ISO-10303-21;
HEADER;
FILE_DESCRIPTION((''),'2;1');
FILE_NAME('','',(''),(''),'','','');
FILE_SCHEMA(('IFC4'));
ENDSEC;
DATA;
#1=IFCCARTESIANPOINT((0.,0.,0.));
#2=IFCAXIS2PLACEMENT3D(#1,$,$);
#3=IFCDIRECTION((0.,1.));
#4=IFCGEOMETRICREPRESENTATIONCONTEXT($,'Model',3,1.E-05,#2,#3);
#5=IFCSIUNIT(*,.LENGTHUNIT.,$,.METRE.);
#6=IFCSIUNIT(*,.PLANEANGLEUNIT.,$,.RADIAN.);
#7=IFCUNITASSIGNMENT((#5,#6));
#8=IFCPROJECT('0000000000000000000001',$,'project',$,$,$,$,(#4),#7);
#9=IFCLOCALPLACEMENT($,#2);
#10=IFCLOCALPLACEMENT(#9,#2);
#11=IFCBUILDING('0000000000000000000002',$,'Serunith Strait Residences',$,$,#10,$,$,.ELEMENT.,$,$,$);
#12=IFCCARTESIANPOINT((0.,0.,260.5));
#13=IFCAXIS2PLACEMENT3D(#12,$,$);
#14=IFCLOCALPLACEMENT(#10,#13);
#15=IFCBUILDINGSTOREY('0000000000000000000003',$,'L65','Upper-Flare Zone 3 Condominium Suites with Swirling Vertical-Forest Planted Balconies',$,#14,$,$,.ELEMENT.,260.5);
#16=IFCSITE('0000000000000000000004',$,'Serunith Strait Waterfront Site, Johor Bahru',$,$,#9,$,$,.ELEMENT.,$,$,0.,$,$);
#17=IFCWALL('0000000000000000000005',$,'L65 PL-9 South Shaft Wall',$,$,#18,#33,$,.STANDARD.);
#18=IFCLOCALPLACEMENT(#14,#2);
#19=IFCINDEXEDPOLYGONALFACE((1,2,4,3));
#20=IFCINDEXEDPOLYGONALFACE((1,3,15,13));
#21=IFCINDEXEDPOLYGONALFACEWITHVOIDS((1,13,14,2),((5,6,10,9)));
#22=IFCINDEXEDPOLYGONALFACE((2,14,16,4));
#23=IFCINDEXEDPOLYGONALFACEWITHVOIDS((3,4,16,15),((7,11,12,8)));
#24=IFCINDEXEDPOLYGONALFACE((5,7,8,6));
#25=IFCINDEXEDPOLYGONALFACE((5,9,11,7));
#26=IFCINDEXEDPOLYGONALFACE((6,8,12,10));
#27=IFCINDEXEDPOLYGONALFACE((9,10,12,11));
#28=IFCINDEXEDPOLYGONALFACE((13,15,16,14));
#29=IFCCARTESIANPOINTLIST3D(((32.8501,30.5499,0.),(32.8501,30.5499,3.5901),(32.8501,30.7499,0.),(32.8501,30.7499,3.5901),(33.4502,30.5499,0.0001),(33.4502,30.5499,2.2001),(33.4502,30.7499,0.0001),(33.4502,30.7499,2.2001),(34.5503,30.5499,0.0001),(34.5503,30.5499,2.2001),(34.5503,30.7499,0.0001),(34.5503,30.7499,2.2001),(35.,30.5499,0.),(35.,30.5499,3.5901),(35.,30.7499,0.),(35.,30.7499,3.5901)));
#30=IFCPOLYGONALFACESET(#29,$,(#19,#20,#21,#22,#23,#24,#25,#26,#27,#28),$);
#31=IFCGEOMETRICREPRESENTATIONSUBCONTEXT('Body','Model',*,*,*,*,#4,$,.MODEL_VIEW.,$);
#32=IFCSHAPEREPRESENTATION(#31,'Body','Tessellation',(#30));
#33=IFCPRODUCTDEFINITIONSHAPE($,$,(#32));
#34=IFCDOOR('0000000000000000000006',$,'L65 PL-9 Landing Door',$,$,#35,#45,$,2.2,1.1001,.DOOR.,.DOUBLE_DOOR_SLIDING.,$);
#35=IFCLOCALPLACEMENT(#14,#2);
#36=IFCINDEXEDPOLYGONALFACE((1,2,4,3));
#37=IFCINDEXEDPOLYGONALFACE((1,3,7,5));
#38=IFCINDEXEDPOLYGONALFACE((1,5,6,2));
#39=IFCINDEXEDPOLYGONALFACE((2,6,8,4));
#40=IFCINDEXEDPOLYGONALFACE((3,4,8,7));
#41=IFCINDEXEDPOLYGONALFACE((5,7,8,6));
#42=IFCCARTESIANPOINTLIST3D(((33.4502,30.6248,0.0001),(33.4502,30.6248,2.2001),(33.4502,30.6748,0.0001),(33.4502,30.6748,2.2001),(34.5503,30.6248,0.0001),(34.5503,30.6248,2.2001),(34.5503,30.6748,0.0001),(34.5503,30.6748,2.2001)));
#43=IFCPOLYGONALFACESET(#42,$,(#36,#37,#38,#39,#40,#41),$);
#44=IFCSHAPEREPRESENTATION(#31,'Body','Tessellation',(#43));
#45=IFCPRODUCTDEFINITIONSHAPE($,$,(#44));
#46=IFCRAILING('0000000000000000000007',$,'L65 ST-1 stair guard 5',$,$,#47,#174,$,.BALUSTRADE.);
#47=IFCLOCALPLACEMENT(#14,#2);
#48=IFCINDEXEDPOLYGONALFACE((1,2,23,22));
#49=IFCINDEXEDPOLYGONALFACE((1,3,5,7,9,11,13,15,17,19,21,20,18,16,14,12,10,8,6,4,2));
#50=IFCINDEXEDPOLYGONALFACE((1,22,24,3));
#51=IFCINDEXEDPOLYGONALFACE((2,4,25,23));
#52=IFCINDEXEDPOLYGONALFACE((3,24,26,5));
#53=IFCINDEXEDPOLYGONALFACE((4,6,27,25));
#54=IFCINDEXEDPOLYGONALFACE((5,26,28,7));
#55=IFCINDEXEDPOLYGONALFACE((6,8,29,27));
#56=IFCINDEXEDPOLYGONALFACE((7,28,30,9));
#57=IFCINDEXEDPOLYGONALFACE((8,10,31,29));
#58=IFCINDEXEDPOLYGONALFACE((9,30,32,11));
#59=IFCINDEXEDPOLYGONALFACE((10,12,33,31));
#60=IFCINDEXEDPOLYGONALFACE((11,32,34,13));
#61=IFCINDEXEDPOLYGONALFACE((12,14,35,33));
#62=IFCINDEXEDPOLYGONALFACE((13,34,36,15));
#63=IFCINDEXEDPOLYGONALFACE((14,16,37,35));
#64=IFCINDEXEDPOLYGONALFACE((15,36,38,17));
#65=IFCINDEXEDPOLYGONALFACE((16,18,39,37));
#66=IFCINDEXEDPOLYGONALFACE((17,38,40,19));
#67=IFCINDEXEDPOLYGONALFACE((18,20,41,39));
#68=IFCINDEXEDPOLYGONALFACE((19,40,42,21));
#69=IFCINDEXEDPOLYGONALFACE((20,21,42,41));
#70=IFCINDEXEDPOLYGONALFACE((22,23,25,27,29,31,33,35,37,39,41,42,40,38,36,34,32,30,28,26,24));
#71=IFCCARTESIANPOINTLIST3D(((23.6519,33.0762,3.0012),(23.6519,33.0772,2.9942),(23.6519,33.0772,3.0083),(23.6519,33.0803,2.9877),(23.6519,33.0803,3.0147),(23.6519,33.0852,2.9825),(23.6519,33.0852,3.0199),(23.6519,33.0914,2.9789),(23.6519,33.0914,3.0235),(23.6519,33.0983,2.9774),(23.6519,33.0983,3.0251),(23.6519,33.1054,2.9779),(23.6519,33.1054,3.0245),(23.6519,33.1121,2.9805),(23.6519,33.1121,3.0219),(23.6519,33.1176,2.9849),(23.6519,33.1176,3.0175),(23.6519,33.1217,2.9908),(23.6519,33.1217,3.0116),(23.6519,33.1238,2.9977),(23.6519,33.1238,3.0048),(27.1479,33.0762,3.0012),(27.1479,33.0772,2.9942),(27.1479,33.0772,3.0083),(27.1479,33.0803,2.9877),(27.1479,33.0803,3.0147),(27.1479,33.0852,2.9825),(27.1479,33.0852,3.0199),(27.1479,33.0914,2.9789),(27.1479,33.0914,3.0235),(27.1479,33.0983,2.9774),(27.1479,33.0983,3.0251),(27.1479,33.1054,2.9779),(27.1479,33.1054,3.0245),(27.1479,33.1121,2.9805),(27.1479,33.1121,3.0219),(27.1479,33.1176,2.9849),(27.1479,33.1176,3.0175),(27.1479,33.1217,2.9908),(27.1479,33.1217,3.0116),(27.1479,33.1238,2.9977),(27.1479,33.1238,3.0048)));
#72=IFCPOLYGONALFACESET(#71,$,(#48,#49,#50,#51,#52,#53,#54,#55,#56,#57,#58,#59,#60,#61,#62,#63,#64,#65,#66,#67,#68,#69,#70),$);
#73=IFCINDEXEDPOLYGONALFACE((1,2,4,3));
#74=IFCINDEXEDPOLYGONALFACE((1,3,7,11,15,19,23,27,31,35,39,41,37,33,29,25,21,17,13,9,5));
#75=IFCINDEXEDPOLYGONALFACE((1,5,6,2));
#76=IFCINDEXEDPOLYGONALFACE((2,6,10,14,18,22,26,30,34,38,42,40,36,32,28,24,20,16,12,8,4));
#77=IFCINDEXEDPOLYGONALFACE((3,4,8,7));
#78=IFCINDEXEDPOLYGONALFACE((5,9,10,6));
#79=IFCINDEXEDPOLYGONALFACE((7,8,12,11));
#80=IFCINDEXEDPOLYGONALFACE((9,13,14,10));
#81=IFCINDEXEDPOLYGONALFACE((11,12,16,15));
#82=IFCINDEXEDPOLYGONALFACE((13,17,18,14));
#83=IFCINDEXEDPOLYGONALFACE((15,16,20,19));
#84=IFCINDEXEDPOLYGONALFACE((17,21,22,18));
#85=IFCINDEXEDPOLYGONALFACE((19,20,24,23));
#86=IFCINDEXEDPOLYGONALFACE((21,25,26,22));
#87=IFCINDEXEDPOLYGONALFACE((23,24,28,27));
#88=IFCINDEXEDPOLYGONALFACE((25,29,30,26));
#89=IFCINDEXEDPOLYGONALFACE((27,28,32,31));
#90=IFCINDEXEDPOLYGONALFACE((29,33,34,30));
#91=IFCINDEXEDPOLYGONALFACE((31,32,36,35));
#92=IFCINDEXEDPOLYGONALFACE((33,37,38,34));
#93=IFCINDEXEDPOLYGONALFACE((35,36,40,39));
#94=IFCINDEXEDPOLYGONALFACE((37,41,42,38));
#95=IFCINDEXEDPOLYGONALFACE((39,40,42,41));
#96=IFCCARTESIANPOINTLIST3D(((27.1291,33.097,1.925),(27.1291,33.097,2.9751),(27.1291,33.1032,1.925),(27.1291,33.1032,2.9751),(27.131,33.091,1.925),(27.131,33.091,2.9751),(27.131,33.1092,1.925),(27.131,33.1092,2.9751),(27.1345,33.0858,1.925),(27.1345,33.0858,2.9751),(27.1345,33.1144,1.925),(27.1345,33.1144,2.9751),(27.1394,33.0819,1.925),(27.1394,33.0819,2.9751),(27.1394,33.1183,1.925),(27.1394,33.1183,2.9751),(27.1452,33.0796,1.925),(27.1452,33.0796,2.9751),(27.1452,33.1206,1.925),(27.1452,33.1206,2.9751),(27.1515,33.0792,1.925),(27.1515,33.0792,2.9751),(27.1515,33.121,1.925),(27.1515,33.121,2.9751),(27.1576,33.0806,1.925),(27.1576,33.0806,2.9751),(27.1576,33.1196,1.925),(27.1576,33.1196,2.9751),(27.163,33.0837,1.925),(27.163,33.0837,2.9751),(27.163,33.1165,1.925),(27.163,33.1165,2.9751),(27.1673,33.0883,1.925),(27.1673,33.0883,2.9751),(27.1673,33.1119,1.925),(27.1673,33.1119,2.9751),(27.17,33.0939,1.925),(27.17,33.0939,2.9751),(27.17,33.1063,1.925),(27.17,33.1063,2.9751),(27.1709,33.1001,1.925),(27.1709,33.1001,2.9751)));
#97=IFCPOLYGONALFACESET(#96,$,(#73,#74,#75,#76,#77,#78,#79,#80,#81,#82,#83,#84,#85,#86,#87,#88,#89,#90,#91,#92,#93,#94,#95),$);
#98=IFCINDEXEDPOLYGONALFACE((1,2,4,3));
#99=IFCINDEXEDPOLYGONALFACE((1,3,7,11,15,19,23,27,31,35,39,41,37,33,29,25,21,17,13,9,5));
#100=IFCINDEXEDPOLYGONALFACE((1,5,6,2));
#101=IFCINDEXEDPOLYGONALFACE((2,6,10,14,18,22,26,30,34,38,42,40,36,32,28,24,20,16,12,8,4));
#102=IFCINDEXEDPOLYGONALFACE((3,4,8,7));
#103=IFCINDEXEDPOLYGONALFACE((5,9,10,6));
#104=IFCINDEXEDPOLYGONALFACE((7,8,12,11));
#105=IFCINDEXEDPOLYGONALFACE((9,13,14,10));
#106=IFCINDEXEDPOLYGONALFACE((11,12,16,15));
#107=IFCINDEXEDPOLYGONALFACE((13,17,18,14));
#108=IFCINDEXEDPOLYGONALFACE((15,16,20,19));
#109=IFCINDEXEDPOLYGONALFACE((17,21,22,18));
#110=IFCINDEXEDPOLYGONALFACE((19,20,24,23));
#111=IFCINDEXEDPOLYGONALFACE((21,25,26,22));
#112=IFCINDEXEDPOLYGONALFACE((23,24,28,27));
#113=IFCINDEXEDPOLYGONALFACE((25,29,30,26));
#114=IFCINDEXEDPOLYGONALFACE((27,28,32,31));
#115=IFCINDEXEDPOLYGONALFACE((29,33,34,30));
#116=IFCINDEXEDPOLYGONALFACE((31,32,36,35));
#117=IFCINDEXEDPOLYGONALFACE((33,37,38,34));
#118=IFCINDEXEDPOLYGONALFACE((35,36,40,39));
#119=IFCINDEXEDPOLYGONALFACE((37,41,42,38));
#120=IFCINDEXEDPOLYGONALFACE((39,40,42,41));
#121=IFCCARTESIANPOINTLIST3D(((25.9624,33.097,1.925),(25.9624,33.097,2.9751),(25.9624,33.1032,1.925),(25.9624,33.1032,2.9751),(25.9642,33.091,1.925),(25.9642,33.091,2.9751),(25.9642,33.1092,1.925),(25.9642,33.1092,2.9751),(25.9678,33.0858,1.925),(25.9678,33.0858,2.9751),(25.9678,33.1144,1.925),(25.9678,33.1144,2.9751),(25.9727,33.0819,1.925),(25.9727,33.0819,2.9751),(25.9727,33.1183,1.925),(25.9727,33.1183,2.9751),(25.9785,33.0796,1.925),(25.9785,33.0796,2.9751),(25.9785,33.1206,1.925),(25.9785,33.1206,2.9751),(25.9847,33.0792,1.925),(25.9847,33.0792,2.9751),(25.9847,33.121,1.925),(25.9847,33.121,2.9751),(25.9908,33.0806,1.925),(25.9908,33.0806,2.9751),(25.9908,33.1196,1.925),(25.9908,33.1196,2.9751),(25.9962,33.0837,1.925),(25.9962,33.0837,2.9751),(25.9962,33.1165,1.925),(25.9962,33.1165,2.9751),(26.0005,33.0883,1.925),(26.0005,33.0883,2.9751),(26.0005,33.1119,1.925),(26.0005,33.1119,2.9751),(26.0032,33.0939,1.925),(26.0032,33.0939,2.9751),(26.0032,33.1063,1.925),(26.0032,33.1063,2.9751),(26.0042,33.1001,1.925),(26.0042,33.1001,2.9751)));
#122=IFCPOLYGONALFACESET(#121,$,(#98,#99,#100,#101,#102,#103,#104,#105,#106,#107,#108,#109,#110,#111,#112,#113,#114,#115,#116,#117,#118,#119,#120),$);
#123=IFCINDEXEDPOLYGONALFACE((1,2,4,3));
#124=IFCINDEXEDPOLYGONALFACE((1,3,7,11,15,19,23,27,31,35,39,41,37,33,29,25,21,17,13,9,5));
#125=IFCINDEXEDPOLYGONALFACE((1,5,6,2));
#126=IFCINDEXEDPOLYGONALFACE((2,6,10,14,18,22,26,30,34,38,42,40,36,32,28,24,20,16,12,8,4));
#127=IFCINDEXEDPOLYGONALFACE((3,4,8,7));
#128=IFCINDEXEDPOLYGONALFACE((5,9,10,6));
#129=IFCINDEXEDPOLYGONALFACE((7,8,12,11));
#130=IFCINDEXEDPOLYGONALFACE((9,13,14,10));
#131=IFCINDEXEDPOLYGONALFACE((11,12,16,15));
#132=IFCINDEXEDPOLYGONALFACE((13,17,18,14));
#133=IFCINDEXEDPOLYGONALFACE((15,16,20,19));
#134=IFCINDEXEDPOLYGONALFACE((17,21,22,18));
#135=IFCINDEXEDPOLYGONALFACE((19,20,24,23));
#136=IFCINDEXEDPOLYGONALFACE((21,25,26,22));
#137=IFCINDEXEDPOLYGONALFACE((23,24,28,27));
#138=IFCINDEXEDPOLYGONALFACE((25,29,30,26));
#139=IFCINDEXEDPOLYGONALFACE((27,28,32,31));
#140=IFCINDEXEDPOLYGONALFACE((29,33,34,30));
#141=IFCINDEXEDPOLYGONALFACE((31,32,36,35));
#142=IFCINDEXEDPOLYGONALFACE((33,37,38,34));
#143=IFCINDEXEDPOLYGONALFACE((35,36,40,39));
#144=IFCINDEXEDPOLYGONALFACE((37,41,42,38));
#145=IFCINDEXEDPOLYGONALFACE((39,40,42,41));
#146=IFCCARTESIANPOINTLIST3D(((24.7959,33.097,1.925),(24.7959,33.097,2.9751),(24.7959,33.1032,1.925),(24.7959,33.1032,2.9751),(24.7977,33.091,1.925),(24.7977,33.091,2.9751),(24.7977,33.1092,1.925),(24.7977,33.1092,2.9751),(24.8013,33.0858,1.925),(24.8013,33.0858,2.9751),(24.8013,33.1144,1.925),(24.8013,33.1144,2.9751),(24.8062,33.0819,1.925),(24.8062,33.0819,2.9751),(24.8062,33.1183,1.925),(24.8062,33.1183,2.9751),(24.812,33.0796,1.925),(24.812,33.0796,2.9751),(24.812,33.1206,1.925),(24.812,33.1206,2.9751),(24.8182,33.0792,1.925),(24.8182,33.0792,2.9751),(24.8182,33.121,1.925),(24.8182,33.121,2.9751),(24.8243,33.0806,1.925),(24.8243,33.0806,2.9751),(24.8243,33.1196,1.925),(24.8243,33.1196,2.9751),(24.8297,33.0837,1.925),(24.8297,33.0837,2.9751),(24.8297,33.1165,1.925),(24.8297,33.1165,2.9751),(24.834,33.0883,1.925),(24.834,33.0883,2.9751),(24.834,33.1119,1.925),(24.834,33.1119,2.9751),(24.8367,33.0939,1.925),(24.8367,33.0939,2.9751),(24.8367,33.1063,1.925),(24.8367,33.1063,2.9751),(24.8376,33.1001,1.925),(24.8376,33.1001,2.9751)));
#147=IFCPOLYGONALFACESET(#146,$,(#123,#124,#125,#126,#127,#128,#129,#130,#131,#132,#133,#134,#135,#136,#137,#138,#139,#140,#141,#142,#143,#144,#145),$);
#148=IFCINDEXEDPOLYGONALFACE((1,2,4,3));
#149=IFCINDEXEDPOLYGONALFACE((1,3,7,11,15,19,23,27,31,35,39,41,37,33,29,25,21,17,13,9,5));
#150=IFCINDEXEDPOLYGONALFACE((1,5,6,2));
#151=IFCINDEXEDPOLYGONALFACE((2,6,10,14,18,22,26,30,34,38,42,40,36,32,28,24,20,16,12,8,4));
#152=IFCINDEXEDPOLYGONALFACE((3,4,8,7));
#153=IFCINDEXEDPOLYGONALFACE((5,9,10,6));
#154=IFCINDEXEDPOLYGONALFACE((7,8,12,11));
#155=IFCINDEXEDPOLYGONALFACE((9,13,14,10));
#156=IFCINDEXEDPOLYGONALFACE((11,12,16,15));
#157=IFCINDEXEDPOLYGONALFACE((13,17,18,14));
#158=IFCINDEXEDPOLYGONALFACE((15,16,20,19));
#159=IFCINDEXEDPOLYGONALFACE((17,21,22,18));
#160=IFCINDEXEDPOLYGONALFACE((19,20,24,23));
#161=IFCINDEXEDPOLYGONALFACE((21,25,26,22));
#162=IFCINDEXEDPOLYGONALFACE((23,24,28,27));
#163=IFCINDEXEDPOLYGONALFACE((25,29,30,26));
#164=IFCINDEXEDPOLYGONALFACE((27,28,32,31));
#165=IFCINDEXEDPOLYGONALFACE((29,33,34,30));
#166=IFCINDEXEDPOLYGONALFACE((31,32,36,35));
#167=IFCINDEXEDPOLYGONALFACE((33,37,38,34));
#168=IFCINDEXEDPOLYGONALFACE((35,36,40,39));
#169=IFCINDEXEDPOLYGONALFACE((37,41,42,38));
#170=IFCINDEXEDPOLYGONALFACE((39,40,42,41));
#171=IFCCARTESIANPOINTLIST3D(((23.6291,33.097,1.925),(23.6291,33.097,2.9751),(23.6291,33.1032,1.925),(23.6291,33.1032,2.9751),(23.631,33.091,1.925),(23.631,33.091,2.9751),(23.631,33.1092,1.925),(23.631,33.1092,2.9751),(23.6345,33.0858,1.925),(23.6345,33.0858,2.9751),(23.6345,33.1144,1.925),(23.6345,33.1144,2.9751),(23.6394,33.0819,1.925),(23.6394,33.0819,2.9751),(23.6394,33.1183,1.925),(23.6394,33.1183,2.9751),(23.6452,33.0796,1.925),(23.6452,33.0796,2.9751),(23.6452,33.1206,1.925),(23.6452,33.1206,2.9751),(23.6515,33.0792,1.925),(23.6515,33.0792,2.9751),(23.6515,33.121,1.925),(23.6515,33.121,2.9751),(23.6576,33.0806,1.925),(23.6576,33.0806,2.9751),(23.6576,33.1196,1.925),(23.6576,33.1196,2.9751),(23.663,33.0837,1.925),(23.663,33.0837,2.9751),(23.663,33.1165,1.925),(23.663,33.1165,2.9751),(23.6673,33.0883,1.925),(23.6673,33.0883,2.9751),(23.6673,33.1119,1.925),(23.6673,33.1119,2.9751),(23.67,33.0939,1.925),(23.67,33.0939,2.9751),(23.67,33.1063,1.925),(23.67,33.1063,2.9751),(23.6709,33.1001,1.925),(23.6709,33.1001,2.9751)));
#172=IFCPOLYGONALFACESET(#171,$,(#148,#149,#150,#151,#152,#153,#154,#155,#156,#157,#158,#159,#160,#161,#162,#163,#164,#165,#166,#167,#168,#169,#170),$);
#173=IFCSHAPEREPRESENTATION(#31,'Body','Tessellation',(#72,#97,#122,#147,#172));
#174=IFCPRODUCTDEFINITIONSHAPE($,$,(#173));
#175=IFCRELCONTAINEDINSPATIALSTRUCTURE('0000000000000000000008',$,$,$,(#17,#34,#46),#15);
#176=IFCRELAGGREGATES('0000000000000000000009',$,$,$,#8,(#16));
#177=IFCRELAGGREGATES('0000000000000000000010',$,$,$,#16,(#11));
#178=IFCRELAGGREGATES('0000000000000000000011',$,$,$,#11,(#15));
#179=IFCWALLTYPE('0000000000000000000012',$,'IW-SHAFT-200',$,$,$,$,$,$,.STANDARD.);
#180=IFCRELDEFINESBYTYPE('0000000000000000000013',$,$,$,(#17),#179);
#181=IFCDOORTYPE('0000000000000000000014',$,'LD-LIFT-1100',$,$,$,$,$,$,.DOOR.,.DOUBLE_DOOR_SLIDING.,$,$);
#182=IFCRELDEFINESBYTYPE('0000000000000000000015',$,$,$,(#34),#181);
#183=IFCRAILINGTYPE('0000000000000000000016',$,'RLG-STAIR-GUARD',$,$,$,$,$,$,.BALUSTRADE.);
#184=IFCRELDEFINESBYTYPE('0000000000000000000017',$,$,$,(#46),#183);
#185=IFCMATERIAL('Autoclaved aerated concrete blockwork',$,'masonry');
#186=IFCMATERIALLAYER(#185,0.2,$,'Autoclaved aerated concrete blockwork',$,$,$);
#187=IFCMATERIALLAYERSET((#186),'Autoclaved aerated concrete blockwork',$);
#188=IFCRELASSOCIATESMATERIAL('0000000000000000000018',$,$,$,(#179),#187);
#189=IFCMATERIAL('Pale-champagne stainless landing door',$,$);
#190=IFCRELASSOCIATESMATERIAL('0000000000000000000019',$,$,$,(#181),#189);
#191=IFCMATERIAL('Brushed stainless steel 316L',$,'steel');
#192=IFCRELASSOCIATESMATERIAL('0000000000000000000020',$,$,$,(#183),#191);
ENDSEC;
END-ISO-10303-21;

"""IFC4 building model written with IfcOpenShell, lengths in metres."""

from ifc_helpers import new_model, si_unit, direction, frame, frame_2d, origin, origin_2d, place, context, subcontext, project, spatial, rectangle, circle, extrude, source, transform, mapped, material, layer, layer_set, type_object, element, fill, save


model = new_model("IFC4")

# Units and contexts
model_context = context("Model", 3, precision=1e-05, world=origin(), true_north=direction((0.0, 1.0)))
body_context = subcontext(model_context, "Body", "Model", "MODEL_VIEW")
ifc_project = project(units=[si_unit("LENGTHUNIT", "METRE"), si_unit("PLANEANGLEUNIT", "RADIAN")], contexts=[model_context])

# Site, building, storey
site_placement = place(None, origin())
site = spatial("IfcSite", under=ifc_project, at=site_placement, Name="Serunith Strait Waterfront Site, Johor Bahru", CompositionType="ELEMENT", RefElevation=0.0)
building_placement = place(site_placement, origin())
building = spatial("IfcBuilding", under=site, at=building_placement, Name="Serunith Strait Residences", CompositionType="ELEMENT")
storey_placement = place(building_placement, frame((0.0, 0.0, 260.5)))
storey = spatial("IfcBuildingStorey", under=building, at=storey_placement, Name="L65", Description="Upper-Flare Zone 3 Condominium Suites with Swirling Vertical-Forest Planted Balconies", CompositionType="ELEMENT", Elevation=260.5)

# Wall, opening, door
ifc_material_1 = material(Name="Autoclaved aerated concrete blockwork", Category="masonry")
ifc_layer_1 = layer(ifc_material_1, 0.2, Name="Autoclaved aerated concrete blockwork")
ifc_layer_set_1 = layer_set([ifc_layer_1], Name="Autoclaved aerated concrete blockwork")
wall_type_1 = type_object("IfcWallType", Name="IW-SHAFT-200", PredefinedType="STANDARD", material=ifc_layer_set_1)
wall_1_placement = place(storey_placement, frame((32.8501, 30.6499, 0.0), z_axis=(0.0, 0.0, 1.0), x_axis=(1.0, 0.0, 0.0)))
wall_1 = element("IfcWall", 1, at=wall_1_placement, inside=storey, type_object=wall_type_1, Name="L65 PL-9 South Shaft Wall", PredefinedType="STANDARD", context=body_context, shape_type="SweptSolid", body=[
    extrude(rectangle(XDim=2.1499, YDim=0.2, at=frame_2d((1.075, 0.0))), origin(), (0.0, 0.0, 1.0), 3.5901),
])
opening_1_placement = place(wall_1_placement, frame((0.6001, 0.0, 0.0)))
opening_1 = element("IfcOpeningElement", 2, at=opening_1_placement, cuts=wall_1, PredefinedType="OPENING", context=body_context, shape_type="SweptSolid", body=[
    extrude(rectangle(XDim=1.1001, YDim=2.2, at=frame_2d((0.55, 1.1001))), frame((0.0, 0.1099, 0.0), z_axis=(0.0, -1.0, 0.0), x_axis=(1.0, 0.0, 0.0)), (0.0, 0.0, 1.0), 0.22),
])
ifc_material_2 = material(Name="Pale-champagne stainless landing door")
door_type_1 = type_object("IfcDoorType", Name="LD-LIFT-1100", OperationType="DOUBLE_DOOR_SLIDING", PredefinedType="DOOR", material=ifc_material_2)
shared_shape_1 = source(origin(), body_context, "Body", "SweptSolid", [
    extrude(rectangle(XDim=1.1001, YDim=2.2, at=frame_2d((0.55, 1.1001))), frame((0.0, 0.0249, 0.0), z_axis=(0.0, -1.0, 0.0), x_axis=(1.0, 0.0, 0.0)), (0.0, 0.0, 1.0), 0.05),
])
door_1_placement = place(opening_1_placement, origin())
door_1 = element("IfcDoor", 3, at=door_1_placement, inside=storey, type_object=door_type_1, Name="L65 PL-9 Landing Door", OperationType="DOUBLE_DOOR_SLIDING", OverallHeight=2.2, OverallWidth=1.1001, PredefinedType="DOOR", context=body_context, shape_type="MappedRepresentation", body=[
    mapped(shared_shape_1, transform((0.0, 0.0, 0.0), scale=1.0)),
])
fill(opening_1, door_1)

# Railing
ifc_material_3 = material(Name="Brushed stainless steel 316L", Category="steel")
railing_type = type_object("IfcRailingType", Name="RLG-STAIR-GUARD", PredefinedType="BALUSTRADE", material=ifc_material_3)
railing_1_placement = place(storey_placement, frame((27.1499, 33.1001, 1.925)))
element("IfcRailing", 4, at=railing_1_placement, inside=storey, type_object=railing_type, Name="L65 ST-1 stair guard 5", PredefinedType="BALUSTRADE", context=body_context, shape_type="SweptSolid", body=[
    extrude(circle(Radius=0.0239, at=origin_2d()), frame((-0.002, 0.0, 1.0762), z_axis=(-1.0, 0.0, 0.0), x_axis=(0.0, -1.0, 0.0)), (0.0, 0.0, 1.0), 3.4961),
    extrude(circle(Radius=0.021, at=origin_2d()), origin(), (0.0, 0.0, 1.0), 1.05),
    extrude(circle(Radius=0.021, at=origin_2d()), frame((-1.1667, 0.0, 0.0)), (0.0, 0.0, 1.0), 1.05),
    extrude(circle(Radius=0.021, at=origin_2d()), frame((-2.3333, 0.0, 0.0)), (0.0, 0.0, 1.0), 1.05),
    extrude(circle(Radius=0.021, at=origin_2d()), frame((-3.5, 0.0, 0.0)), (0.0, 0.0, 1.0), 1.05),
])

save(model, "model.ifc")
